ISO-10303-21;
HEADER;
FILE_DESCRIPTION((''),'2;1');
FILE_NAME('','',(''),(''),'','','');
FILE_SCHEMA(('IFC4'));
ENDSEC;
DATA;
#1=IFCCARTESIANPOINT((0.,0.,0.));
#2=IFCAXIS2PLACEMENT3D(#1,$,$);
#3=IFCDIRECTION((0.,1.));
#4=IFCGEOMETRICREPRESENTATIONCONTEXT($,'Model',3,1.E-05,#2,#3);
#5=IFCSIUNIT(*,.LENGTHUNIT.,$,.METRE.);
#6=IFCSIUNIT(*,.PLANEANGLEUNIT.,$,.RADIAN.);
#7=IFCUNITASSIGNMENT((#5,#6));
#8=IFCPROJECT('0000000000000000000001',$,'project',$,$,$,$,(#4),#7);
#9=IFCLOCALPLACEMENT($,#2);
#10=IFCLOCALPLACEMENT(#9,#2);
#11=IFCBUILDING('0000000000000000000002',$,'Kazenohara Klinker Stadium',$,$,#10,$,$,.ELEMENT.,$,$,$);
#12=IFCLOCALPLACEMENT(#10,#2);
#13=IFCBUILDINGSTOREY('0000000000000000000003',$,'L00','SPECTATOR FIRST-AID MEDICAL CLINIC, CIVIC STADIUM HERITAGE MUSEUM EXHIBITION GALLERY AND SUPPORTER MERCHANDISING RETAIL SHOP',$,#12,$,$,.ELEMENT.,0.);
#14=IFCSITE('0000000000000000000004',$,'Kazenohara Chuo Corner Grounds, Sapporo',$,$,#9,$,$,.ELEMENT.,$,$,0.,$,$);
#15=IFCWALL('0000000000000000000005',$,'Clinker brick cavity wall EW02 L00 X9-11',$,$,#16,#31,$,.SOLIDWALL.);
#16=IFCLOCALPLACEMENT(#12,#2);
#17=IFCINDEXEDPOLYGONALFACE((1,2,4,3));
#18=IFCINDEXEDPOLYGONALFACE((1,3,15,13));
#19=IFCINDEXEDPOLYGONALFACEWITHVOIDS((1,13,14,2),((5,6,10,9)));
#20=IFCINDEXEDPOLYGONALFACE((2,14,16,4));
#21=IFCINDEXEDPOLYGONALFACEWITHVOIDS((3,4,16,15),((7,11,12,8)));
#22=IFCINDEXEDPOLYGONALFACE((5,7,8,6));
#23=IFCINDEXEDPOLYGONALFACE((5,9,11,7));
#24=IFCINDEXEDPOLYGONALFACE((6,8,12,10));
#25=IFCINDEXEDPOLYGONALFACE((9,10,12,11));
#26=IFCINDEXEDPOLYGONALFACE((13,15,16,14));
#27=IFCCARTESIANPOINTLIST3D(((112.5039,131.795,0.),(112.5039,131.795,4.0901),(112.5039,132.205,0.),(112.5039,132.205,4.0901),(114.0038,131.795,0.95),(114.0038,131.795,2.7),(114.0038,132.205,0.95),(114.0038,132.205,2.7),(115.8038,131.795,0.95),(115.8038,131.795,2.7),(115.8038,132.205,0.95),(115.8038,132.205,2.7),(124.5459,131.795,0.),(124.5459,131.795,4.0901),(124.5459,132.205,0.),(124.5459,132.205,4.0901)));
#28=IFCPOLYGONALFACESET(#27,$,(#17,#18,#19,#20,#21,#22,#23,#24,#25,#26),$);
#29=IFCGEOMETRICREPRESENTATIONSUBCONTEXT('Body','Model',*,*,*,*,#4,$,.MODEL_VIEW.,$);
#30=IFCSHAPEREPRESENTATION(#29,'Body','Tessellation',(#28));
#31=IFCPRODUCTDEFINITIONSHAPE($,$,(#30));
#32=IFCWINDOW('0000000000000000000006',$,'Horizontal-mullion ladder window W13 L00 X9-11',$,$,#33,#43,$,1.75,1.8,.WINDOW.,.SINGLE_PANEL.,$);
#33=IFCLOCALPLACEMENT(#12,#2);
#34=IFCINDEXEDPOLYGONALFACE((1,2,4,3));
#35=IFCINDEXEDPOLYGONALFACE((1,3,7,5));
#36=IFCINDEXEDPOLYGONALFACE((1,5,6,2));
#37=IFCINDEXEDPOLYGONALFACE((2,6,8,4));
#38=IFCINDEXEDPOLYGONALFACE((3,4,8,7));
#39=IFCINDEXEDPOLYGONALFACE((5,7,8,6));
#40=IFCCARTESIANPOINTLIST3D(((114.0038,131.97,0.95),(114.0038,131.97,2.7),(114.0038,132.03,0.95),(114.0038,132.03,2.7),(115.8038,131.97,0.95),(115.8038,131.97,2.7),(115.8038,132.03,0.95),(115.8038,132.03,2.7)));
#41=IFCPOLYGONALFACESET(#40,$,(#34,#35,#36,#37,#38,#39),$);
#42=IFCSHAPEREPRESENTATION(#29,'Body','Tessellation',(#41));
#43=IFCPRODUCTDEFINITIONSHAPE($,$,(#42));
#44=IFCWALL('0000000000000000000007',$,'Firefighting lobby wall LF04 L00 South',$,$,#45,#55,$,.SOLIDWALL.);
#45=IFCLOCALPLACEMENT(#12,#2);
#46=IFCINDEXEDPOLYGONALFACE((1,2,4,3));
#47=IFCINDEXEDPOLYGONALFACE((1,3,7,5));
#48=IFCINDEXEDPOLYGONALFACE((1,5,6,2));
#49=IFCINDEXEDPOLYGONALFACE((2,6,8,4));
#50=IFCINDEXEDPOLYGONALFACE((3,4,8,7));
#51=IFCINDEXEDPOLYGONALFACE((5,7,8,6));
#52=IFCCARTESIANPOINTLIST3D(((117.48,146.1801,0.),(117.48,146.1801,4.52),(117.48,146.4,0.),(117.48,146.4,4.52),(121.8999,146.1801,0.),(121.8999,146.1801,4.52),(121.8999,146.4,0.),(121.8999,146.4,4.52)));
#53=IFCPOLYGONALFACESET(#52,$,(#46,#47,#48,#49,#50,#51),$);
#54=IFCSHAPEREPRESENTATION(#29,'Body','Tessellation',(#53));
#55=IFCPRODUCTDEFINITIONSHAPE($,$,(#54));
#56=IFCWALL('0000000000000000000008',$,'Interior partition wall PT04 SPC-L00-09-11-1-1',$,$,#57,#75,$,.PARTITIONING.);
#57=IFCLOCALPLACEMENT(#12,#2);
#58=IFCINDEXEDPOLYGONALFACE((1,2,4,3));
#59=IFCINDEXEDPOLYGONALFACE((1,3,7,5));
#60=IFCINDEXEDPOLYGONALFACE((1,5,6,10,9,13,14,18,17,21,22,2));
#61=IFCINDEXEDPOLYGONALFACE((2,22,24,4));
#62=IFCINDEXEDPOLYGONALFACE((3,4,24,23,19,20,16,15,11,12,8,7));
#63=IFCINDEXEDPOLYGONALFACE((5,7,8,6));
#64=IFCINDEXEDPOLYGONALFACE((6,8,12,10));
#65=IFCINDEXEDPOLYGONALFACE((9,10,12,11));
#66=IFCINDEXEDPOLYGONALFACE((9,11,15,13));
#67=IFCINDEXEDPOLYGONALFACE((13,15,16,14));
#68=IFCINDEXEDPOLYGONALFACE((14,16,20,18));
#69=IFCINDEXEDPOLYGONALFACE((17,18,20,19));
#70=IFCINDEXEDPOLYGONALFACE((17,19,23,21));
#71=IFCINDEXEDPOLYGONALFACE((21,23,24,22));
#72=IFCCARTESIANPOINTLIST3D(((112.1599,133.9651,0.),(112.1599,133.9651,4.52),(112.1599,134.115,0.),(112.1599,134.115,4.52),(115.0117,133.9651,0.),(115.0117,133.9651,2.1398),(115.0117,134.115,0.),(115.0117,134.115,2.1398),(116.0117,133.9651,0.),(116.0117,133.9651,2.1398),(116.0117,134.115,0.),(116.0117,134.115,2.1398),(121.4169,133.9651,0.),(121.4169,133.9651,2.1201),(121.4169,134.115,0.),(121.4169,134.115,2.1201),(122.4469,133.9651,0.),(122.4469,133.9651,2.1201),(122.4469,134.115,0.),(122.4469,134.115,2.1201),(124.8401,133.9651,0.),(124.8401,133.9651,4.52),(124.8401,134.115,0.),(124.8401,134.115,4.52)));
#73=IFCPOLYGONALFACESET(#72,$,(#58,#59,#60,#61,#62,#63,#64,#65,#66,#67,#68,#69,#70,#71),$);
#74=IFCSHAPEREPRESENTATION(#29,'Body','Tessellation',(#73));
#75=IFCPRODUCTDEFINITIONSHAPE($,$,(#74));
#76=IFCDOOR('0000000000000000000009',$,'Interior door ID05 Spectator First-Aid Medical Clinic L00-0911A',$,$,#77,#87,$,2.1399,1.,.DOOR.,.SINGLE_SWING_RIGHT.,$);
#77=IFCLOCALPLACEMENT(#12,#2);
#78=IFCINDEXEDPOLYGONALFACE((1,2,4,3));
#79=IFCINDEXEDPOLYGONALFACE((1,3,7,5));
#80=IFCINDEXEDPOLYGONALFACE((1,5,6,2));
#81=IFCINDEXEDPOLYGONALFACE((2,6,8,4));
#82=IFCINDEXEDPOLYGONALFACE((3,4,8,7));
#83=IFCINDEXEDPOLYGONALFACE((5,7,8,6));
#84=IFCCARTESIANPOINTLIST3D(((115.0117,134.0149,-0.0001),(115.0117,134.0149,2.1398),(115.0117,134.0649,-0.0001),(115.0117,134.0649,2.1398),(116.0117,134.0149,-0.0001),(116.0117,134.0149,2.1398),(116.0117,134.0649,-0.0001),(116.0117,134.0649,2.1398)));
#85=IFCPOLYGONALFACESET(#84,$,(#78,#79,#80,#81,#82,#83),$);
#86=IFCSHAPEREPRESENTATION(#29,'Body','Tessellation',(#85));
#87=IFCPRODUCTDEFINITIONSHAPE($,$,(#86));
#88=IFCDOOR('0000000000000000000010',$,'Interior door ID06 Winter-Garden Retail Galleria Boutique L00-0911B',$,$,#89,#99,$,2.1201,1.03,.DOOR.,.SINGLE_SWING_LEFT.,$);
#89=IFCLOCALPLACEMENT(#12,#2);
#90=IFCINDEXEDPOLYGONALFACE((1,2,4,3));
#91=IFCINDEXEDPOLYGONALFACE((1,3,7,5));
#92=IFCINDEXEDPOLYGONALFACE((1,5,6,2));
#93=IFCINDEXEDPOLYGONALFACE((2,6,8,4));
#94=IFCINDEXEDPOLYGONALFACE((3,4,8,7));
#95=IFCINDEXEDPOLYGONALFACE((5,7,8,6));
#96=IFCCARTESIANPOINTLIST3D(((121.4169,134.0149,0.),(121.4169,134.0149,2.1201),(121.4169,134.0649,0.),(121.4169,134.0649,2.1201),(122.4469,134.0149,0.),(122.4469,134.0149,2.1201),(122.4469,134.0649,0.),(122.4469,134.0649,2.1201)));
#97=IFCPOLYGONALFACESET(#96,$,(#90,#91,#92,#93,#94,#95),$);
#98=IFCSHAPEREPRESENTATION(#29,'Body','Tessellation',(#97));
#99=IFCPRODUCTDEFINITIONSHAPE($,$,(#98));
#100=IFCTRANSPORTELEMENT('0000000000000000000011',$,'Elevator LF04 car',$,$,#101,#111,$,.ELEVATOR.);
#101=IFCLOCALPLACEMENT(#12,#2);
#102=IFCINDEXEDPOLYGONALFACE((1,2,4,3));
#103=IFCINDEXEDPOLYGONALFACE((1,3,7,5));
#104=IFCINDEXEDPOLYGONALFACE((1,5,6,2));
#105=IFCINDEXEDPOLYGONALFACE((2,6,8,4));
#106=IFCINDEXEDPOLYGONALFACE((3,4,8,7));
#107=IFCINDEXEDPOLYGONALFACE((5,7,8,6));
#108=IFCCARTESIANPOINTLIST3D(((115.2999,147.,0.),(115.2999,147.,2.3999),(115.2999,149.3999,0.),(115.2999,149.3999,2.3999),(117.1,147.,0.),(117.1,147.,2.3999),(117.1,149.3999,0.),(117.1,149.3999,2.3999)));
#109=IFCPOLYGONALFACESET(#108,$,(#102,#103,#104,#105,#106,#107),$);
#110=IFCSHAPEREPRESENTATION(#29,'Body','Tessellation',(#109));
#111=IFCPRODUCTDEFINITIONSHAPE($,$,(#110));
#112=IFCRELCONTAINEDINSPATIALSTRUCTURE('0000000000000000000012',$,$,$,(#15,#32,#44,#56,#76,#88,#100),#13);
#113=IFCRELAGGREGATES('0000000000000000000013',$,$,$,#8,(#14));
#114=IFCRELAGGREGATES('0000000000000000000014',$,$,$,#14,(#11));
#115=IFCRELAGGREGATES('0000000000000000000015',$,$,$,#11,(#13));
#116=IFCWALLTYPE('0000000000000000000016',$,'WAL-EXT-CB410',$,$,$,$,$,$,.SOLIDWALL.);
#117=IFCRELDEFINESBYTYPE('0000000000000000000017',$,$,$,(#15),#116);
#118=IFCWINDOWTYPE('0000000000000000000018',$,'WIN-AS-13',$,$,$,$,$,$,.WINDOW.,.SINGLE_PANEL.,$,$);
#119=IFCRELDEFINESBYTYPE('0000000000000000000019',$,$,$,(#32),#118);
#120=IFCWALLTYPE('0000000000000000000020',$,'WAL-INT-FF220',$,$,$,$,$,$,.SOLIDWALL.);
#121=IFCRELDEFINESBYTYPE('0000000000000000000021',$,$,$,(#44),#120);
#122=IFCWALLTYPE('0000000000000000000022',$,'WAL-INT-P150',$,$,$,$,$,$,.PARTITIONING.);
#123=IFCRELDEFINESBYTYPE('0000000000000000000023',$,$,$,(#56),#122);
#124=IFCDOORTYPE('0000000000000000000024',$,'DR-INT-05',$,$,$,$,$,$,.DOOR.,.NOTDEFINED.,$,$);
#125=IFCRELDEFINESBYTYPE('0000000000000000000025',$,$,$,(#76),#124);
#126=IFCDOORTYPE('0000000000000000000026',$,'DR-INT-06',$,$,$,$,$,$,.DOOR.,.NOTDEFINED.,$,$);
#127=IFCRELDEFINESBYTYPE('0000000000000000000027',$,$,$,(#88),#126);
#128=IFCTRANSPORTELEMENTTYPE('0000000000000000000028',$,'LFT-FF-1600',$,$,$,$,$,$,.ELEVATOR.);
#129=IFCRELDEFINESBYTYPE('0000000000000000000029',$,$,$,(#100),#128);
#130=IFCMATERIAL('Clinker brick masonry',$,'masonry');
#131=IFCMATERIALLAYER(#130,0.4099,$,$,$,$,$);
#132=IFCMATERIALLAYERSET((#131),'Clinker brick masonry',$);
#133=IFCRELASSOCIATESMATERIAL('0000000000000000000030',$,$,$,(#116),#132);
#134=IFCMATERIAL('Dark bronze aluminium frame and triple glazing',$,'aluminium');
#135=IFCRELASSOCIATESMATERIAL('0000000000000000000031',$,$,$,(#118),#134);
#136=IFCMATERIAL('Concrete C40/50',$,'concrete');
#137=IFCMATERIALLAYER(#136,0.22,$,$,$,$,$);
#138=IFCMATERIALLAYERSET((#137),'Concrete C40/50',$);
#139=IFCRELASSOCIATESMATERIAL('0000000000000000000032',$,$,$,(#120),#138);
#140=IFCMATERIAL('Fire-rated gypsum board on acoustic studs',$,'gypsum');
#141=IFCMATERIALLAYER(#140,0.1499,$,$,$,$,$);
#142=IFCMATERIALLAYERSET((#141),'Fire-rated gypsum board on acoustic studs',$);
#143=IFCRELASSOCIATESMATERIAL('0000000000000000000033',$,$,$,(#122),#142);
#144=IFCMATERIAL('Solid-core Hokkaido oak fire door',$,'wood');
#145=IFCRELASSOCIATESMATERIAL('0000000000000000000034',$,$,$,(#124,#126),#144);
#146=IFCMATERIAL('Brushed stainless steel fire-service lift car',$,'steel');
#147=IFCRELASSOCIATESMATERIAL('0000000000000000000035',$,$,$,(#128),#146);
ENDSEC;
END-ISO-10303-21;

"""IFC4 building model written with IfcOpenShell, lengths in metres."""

from ifc_helpers import new_model, si_unit, direction, frame, frame_2d, origin, origin_2d, place, context, subcontext, project, spatial, rectangle, extrude, material, layer, layer_set, type_object, element, fill, save


model = new_model("IFC4")

# Units and contexts
model_context = context("Model", 3, precision=1e-05, world=origin(), true_north=direction((0.0, 1.0)))
body_context = subcontext(model_context, "Body", "Model", "MODEL_VIEW")
ifc_project = project(units=[si_unit("LENGTHUNIT", "METRE"), si_unit("PLANEANGLEUNIT", "RADIAN")], contexts=[model_context])

# Site, building, storey
site_placement = place(None, origin())
site = spatial("IfcSite", under=ifc_project, at=site_placement, Name="Kazenohara Chuo Corner Grounds, Sapporo", CompositionType="ELEMENT", RefElevation=0.0)
building_placement = place(site_placement, origin())
building = spatial("IfcBuilding", under=site, at=building_placement, Name="Kazenohara Klinker Stadium", CompositionType="ELEMENT")
storey_placement = place(building_placement, origin())
storey = spatial("IfcBuildingStorey", under=building, at=storey_placement, Name="L00", Description="SPECTATOR FIRST-AID MEDICAL CLINIC, CIVIC STADIUM HERITAGE MUSEUM EXHIBITION GALLERY AND SUPPORTER MERCHANDISING RETAIL SHOP", CompositionType="ELEMENT", Elevation=0.0)

# Shared definitions
ifc_material_1 = material(Name="Concrete C40/50", Category="concrete")

# Wall, opening, window
ifc_material_2 = material(Name="Clinker brick masonry", Category="masonry")
ifc_layer_1 = layer(ifc_material_2, 0.4099)
ifc_layer_set_1 = layer_set([ifc_layer_1], Name="Clinker brick masonry")
wall_type_1 = type_object("IfcWallType", Name="WAL-EXT-CB410", PredefinedType="SOLIDWALL", material=ifc_layer_set_1)
wall_1_placement = place(storey_placement, frame((112.5039, 132.0, 0.0), z_axis=(0.0, 0.0, 1.0), x_axis=(1.0, 0.0, 0.0)))
wall_1 = element("IfcWall", 1, at=wall_1_placement, inside=storey, type_object=wall_type_1, Name="Clinker brick cavity wall EW02 L00 X9-11", PredefinedType="SOLIDWALL", context=body_context, shape_type="SweptSolid", body=[
    extrude(rectangle(XDim=12.042, YDim=0.4099, at=frame_2d((6.021, 0.0))), origin(), (0.0, 0.0, 1.0), 4.0901),
])
opening_1_placement = place(wall_1_placement, frame((1.5, 0.0, 0.95)))
opening_1 = element("IfcOpeningElement", 2, at=opening_1_placement, cuts=wall_1, PredefinedType="OPENING", context=body_context, shape_type="SweptSolid", body=[
    extrude(rectangle(XDim=1.8, YDim=1.75, at=frame_2d((0.8999, 0.875))), frame((0.0, 0.2148, 0.0), z_axis=(0.0, -1.0, 0.0), x_axis=(1.0, 0.0, 0.0)), (0.0, 0.0, 1.0), 0.4299),
])
ifc_material_3 = material(Name="Dark bronze aluminium frame and triple glazing", Category="aluminium")
window_type = type_object("IfcWindowType", Name="WIN-AS-13", PartitioningType="SINGLE_PANEL", PredefinedType="WINDOW", material=ifc_material_3)
window_placement = place(opening_1_placement, origin())
window = element("IfcWindow", 3, at=window_placement, inside=storey, type_object=window_type, Name="Horizontal-mullion ladder window W13 L00 X9-11", OverallHeight=1.75, OverallWidth=1.8, PartitioningType="SINGLE_PANEL", PredefinedType="WINDOW", context=body_context, shape_type="SweptSolid", body=[
    extrude(rectangle(XDim=1.8, YDim=1.75, at=frame_2d((0.8999, 0.875))), frame((0.0, 0.03, 0.0), z_axis=(0.0, -1.0, 0.0), x_axis=(1.0, 0.0, 0.0)), (0.0, 0.0, 1.0), 0.0601),
])
fill(opening_1, window)

# Wall
ifc_layer_2 = layer(ifc_material_1, 0.22)
ifc_layer_set_2 = layer_set([ifc_layer_2], Name="Concrete C40/50")
wall_type_2 = type_object("IfcWallType", Name="WAL-INT-FF220", PredefinedType="SOLIDWALL", material=ifc_layer_set_2)
wall_2_placement = place(storey_placement, frame((117.48, 146.29, 0.0), z_axis=(0.0, 0.0, 1.0), x_axis=(1.0, 0.0, 0.0)))
element("IfcWall", 4, at=wall_2_placement, inside=storey, type_object=wall_type_2, Name="Firefighting lobby wall LF04 L00 South", PredefinedType="SOLIDWALL", context=body_context, shape_type="SweptSolid", body=[
    extrude(rectangle(XDim=4.4199, YDim=0.22, at=frame_2d((2.21, 0.0))), origin(), (0.0, 0.0, 1.0), 4.52),
])

# Wall, openings, doors
ifc_material_4 = material(Name="Fire-rated gypsum board on acoustic studs", Category="gypsum")
ifc_layer_3 = layer(ifc_material_4, 0.1499)
ifc_layer_set_3 = layer_set([ifc_layer_3], Name="Fire-rated gypsum board on acoustic studs")
wall_type_3 = type_object("IfcWallType", Name="WAL-INT-P150", PredefinedType="PARTITIONING", material=ifc_layer_set_3)
wall_3_placement = place(storey_placement, frame((112.1599, 134.04, 0.0), z_axis=(0.0, 0.0, 1.0), x_axis=(1.0, 0.0, 0.0)))
wall_3 = element("IfcWall", 5, at=wall_3_placement, inside=storey, type_object=wall_type_3, Name="Interior partition wall PT04 SPC-L00-09-11-1-1", PredefinedType="PARTITIONING", context=body_context, shape_type="SweptSolid", body=[
    extrude(rectangle(XDim=12.6802, YDim=0.1499, at=frame_2d((6.3401, 0.0))), origin(), (0.0, 0.0, 1.0), 4.52),
])
opening_2_placement = place(wall_3_placement, frame((2.8518, 0.0, 0.0)))
opening_2 = element("IfcOpeningElement", 6, at=opening_2_placement, cuts=wall_3, PredefinedType="OPENING", context=body_context, shape_type="SweptSolid", body=[
    extrude(rectangle(XDim=1.0, YDim=2.1399, at=frame_2d((0.5, 1.0698))), frame((0.0, 0.085, 0.0), z_axis=(0.0, -1.0, 0.0), x_axis=(1.0, 0.0, 0.0)), (0.0, 0.0, 1.0), 0.1699),
])
opening_3_placement = place(wall_3_placement, frame((9.2568, 0.0, 0.0)))
opening_3 = element("IfcOpeningElement", 7, at=opening_3_placement, cuts=wall_3, PredefinedType="OPENING", context=body_context, shape_type="SweptSolid", body=[
    extrude(rectangle(XDim=1.03, YDim=2.1201, at=frame_2d((0.5151, 1.0601))), frame((0.0, 0.085, 0.0), z_axis=(0.0, -1.0, 0.0), x_axis=(1.0, 0.0, 0.0)), (0.0, 0.0, 1.0), 0.1699),
])
ifc_material_5 = material(Name="Solid-core Hokkaido oak fire door", Category="wood")
door_type_1 = type_object("IfcDoorType", Name="DR-INT-05", OperationType="NOTDEFINED", PredefinedType="DOOR", material=ifc_material_5)
door_1_placement = place(opening_2_placement, origin())
door_1 = element("IfcDoor", 8, at=door_1_placement, inside=storey, type_object=door_type_1, Name="Interior door ID05 Spectator First-Aid Medical Clinic L00-0911A", OperationType="SINGLE_SWING_RIGHT", OverallHeight=2.1399, OverallWidth=1.0, PredefinedType="DOOR", context=body_context, shape_type="SweptSolid", body=[
    extrude(rectangle(XDim=1.0, YDim=2.1399, at=frame_2d((0.5, 1.0698))), frame((0.0, 0.0249, 0.0), z_axis=(0.0, -1.0, 0.0), x_axis=(1.0, 0.0, 0.0)), (0.0, 0.0, 1.0), 0.05),
])
fill(opening_2, door_1)
door_type_2 = type_object("IfcDoorType", Name="DR-INT-06", OperationType="NOTDEFINED", PredefinedType="DOOR", material=ifc_material_5)
door_2_placement = place(opening_3_placement, origin())
door_2 = element("IfcDoor", 9, at=door_2_placement, inside=storey, type_object=door_type_2, Name="Interior door ID06 Winter-Garden Retail Galleria Boutique L00-0911B", OperationType="SINGLE_SWING_LEFT", OverallHeight=2.1201, OverallWidth=1.03, PredefinedType="DOOR", context=body_context, shape_type="SweptSolid", body=[
    extrude(rectangle(XDim=1.03, YDim=2.1201, at=frame_2d((0.5151, 1.0601))), frame((0.0, 0.0249, 0.0), z_axis=(0.0, -1.0, 0.0), x_axis=(1.0, 0.0, 0.0)), (0.0, 0.0, 1.0), 0.05),
])
fill(opening_3, door_2)

# Transport element
ifc_material_6 = material(Name="Brushed stainless steel fire-service lift car", Category="steel")
transport_element_type = type_object("IfcTransportElementType", Name="LFT-FF-1600", PredefinedType="ELEVATOR", material=ifc_material_6)
transport_element_placement = place(storey_placement, frame((116.2, 148.2, 0.0), z_axis=(0.0, 0.0, 1.0), x_axis=(1.0, 0.0, 0.0)))
element("IfcTransportElement", 10, at=transport_element_placement, inside=storey, type_object=transport_element_type, Name="Elevator LF04 car", PredefinedType="ELEVATOR", context=body_context, shape_type="SweptSolid", body=[
    extrude(rectangle(XDim=1.8, YDim=2.3999, at=origin_2d()), origin(), (0.0, 0.0, 1.0), 2.3999),
])

save(model, "model.ifc")
